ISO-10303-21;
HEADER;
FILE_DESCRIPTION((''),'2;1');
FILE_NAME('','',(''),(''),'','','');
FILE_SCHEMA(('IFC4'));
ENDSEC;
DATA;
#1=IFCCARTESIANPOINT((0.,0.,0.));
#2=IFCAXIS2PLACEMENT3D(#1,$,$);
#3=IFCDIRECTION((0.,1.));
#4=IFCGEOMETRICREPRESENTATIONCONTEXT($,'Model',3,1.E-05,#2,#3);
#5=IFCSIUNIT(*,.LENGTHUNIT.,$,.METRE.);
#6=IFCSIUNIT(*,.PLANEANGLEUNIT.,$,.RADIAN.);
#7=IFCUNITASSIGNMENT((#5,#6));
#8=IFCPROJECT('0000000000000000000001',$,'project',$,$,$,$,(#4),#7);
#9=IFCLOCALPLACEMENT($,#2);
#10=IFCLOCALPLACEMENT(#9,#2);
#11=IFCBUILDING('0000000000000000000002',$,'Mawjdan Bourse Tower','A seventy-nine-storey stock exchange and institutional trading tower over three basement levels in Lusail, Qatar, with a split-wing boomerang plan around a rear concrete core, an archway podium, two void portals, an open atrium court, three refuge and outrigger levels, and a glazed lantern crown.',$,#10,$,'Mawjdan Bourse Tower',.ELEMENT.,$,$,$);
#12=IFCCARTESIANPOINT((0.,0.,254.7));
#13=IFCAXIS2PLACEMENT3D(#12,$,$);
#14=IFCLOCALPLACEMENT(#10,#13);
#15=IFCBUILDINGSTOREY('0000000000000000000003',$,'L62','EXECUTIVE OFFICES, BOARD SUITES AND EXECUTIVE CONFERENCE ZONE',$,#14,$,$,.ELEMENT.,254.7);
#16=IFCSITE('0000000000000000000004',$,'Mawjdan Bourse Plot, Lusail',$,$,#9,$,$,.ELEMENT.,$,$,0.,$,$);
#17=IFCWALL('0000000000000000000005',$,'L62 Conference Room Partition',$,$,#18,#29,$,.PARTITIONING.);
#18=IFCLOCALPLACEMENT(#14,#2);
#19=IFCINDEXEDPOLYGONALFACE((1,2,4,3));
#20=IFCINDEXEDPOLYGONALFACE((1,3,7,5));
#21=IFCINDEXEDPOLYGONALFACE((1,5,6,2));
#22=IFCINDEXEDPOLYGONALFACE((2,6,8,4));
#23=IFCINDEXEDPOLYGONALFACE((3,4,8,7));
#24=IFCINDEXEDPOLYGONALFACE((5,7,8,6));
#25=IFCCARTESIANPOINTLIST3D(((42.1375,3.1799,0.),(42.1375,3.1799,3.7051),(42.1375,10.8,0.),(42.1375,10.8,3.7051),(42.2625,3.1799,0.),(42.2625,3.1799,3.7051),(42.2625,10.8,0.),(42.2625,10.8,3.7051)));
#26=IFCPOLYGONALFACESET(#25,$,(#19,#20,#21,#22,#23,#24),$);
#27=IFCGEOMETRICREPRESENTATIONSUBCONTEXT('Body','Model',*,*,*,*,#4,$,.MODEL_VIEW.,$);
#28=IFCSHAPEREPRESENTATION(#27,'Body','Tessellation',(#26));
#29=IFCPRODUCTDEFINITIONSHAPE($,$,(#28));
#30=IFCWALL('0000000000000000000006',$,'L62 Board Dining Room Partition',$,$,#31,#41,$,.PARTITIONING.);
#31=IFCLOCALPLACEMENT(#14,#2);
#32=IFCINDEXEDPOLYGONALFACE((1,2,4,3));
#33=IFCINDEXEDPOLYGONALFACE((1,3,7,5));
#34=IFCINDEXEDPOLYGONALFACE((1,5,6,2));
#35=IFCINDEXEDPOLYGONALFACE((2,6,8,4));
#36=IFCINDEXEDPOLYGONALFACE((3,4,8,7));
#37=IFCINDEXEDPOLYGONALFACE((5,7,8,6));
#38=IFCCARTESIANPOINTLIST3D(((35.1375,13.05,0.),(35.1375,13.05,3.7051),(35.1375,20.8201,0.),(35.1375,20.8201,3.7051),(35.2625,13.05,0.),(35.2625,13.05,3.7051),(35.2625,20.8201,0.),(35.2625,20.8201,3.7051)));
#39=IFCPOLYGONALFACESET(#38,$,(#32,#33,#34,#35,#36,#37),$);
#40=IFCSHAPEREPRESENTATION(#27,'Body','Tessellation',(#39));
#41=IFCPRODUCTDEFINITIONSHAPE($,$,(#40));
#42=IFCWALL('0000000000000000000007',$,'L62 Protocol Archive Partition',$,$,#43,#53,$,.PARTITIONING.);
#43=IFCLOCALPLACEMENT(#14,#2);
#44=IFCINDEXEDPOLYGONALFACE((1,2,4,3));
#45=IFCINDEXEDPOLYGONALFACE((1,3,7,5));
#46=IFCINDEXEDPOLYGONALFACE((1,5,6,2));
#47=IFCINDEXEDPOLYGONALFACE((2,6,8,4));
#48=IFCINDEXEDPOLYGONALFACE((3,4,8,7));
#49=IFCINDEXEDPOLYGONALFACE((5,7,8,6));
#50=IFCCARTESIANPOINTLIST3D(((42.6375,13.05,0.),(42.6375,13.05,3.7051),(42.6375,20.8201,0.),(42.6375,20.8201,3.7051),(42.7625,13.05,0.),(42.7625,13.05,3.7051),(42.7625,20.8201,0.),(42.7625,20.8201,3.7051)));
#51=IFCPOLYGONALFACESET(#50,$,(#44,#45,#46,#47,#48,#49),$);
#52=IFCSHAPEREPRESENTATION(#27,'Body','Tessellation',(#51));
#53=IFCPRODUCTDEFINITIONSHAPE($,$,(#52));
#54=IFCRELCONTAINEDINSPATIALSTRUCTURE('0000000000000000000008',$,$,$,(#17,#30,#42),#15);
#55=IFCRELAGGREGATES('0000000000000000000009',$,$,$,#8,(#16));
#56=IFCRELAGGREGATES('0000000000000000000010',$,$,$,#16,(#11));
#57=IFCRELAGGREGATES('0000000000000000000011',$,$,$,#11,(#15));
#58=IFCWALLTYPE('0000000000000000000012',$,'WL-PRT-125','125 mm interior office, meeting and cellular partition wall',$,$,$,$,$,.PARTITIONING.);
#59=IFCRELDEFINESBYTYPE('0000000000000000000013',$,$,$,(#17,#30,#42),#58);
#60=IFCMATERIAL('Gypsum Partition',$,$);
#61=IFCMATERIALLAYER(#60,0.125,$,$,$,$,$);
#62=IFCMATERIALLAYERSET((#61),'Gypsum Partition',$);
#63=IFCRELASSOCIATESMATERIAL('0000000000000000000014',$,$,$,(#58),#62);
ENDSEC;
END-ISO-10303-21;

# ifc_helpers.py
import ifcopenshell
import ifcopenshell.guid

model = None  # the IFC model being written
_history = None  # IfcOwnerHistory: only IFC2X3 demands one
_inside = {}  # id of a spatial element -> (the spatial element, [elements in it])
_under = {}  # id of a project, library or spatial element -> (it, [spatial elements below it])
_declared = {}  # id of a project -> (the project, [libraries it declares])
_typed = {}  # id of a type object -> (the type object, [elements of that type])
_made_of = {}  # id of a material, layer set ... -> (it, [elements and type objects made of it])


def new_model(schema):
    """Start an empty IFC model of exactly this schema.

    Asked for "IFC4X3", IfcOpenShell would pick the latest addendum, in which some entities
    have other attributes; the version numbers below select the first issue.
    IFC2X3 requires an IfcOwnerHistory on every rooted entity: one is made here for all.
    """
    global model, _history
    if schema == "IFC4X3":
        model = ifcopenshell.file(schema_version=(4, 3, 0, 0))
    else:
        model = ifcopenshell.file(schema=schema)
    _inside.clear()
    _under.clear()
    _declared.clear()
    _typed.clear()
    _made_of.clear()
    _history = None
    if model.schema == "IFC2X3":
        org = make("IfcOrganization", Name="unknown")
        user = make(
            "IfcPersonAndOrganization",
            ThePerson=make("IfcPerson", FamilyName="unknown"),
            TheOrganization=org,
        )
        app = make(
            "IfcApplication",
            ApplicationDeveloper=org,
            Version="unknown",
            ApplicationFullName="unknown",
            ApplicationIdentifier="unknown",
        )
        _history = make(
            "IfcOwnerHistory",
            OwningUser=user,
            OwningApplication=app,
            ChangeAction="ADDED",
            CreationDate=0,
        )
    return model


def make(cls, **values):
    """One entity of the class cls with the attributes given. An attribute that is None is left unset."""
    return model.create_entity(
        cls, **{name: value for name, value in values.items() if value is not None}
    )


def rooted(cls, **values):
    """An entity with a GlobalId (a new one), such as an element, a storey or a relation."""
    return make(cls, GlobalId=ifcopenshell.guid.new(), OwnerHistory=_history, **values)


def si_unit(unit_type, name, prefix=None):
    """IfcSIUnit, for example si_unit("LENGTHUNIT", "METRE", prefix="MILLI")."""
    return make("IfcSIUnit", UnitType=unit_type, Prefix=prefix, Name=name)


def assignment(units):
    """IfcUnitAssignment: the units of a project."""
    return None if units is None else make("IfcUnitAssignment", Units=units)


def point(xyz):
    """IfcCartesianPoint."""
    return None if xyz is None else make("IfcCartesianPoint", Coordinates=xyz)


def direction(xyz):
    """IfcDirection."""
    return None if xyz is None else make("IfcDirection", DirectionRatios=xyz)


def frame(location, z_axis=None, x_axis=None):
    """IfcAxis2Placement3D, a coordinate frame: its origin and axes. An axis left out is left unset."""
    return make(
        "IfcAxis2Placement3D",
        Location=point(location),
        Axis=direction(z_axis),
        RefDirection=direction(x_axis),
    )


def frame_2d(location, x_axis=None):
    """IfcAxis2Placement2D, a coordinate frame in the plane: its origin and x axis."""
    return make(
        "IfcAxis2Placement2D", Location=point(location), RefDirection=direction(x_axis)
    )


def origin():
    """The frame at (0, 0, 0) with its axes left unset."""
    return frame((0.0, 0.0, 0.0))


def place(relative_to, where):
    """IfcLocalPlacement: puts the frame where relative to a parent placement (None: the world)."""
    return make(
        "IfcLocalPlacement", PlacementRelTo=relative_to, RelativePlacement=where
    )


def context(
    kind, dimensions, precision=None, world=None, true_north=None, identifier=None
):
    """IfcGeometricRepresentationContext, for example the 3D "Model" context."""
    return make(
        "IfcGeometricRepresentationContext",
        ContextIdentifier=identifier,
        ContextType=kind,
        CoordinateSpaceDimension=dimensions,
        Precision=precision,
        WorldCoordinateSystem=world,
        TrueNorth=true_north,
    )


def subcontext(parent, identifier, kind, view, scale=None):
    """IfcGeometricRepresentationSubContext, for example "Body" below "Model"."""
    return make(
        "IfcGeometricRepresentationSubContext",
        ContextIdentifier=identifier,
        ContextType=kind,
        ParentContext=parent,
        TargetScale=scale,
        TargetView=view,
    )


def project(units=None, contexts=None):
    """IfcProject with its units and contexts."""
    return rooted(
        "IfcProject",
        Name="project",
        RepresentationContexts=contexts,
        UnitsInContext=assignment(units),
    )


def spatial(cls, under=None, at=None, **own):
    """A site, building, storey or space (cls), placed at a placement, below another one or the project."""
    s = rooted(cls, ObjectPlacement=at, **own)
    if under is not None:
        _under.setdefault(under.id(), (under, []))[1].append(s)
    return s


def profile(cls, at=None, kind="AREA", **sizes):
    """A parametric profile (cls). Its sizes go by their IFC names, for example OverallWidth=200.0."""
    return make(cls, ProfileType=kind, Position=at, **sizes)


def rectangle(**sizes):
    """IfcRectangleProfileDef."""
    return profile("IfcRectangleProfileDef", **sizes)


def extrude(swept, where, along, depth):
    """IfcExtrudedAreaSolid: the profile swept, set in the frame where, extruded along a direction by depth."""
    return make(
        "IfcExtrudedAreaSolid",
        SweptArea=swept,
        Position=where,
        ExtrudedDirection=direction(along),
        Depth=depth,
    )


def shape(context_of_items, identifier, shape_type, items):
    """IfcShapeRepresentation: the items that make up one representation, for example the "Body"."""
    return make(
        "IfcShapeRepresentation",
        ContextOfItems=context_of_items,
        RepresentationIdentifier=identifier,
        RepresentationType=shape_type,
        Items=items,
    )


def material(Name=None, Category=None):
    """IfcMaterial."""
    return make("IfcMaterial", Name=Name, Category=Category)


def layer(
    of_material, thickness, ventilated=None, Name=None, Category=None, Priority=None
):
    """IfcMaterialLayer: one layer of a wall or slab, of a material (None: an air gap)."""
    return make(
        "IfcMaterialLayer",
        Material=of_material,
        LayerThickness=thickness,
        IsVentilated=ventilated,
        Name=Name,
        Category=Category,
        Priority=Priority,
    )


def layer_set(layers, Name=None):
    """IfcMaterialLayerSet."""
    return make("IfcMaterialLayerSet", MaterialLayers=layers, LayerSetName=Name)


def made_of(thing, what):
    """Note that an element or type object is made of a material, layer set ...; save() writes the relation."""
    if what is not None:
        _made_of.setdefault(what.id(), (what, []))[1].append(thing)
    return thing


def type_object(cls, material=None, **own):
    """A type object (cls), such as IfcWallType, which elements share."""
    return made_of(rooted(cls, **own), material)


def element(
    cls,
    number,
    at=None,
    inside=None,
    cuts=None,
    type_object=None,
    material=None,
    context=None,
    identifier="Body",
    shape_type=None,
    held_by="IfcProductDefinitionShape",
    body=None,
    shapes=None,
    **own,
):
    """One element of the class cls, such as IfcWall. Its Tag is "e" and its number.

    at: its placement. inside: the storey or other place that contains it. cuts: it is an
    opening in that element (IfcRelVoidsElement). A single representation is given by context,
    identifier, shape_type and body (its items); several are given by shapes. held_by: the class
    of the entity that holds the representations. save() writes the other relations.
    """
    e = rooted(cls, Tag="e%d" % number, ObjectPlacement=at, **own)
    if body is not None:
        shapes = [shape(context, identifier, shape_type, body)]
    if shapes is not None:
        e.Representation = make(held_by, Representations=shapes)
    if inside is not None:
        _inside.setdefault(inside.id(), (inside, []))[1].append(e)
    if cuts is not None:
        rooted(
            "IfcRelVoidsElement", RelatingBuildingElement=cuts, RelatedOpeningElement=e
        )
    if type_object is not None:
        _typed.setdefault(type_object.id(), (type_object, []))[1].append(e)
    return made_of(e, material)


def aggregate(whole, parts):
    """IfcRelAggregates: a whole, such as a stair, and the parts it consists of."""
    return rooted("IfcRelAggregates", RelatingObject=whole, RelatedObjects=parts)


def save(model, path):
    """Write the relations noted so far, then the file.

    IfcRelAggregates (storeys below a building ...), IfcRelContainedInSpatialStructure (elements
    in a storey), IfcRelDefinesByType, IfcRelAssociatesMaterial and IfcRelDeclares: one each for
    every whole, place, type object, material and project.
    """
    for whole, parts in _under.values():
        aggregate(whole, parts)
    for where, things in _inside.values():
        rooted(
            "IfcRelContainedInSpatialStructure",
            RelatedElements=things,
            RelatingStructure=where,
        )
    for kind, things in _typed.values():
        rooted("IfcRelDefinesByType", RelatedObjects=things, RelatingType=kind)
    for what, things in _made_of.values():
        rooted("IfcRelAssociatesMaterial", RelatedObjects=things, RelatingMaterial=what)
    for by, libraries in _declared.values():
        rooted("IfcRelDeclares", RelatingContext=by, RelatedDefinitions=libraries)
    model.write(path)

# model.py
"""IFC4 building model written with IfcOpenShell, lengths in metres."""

from ifc_helpers import new_model, si_unit, direction, frame, frame_2d, origin, place, context, subcontext, project, spatial, rectangle, extrude, material, layer, layer_set, type_object, element, save


model = new_model("IFC4")

# Units and contexts
model_context = context("Model", 3, precision=1e-05, world=origin(), true_north=direction((0.0, 1.0)))
body_context = subcontext(model_context, "Body", "Model", "MODEL_VIEW")
ifc_project = project(units=[si_unit("LENGTHUNIT", "METRE"), si_unit("PLANEANGLEUNIT", "RADIAN")], contexts=[model_context])

# Site, building, storey
site_placement = place(None, origin())
site = spatial("IfcSite", under=ifc_project, at=site_placement, Name="Mawjdan Bourse Plot, Lusail", CompositionType="ELEMENT", RefElevation=0.0)
building_placement = place(site_placement, origin())
building = spatial("IfcBuilding", under=site, at=building_placement, Name="Mawjdan Bourse Tower", Description="A seventy-nine-storey stock exchange and institutional trading tower over three basement levels in Lusail, Qatar, with a split-wing boomerang plan around a rear concrete core, an archway podium, two void portals, an open atrium court, three refuge and outrigger levels, and a glazed lantern crown.", LongName="Mawjdan Bourse Tower", CompositionType="ELEMENT")
storey_placement = place(building_placement, frame((0.0, 0.0, 254.7)))
storey = spatial("IfcBuildingStorey", under=building, at=storey_placement, Name="L62", Description="EXECUTIVE OFFICES, BOARD SUITES AND EXECUTIVE CONFERENCE ZONE", CompositionType="ELEMENT", Elevation=254.7)

# Walls
ifc_material_1 = material(Name="Gypsum Partition")
ifc_layer_1 = layer(ifc_material_1, 0.125)
ifc_layer_set_1 = layer_set([ifc_layer_1], Name="Gypsum Partition")
wall_type_1 = type_object("IfcWallType", Name="WL-PRT-125", Description="125 mm interior office, meeting and cellular partition wall", PredefinedType="PARTITIONING", material=ifc_layer_set_1)
wall_1_placement = place(storey_placement, frame((42.2, 3.1799, 0.0), z_axis=(0.0, 0.0, 1.0), x_axis=(0.0, 1.0, 0.0)))
element("IfcWall", 1, at=wall_1_placement, inside=storey, type_object=wall_type_1, Name="L62 Conference Room Partition", PredefinedType="PARTITIONING", context=body_context, shape_type="SweptSolid", body=[
    extrude(rectangle(XDim=7.6201, YDim=0.125, at=frame_2d((3.8101, 0.0))), origin(), (0.0, 0.0, 1.0), 3.7051),
])
for number, where, z_axis, x_axis, name in (
    (2, (35.2, 13.05, 0.0), (0.0, 0.0, 1.0), (0.0, 1.0, 0.0), "L62 Board Dining Room Partition"),
    (3, (42.7, 13.05, 0.0), (0.0, 0.0, 1.0), (0.0, 1.0, 0.0), "L62 Protocol Archive Partition"),
):
    element("IfcWall", number, at=place(storey_placement, frame(where, z_axis=z_axis, x_axis=x_axis)), inside=storey, type_object=wall_type_1, Name=name, PredefinedType="PARTITIONING", context=body_context, shape_type="SweptSolid", body=[
        extrude(rectangle(XDim=7.77, YDim=0.125, at=frame_2d((3.885, 0.0))), origin(), (0.0, 0.0, 1.0), 3.7051),
    ])

save(model, "model.ifc")
